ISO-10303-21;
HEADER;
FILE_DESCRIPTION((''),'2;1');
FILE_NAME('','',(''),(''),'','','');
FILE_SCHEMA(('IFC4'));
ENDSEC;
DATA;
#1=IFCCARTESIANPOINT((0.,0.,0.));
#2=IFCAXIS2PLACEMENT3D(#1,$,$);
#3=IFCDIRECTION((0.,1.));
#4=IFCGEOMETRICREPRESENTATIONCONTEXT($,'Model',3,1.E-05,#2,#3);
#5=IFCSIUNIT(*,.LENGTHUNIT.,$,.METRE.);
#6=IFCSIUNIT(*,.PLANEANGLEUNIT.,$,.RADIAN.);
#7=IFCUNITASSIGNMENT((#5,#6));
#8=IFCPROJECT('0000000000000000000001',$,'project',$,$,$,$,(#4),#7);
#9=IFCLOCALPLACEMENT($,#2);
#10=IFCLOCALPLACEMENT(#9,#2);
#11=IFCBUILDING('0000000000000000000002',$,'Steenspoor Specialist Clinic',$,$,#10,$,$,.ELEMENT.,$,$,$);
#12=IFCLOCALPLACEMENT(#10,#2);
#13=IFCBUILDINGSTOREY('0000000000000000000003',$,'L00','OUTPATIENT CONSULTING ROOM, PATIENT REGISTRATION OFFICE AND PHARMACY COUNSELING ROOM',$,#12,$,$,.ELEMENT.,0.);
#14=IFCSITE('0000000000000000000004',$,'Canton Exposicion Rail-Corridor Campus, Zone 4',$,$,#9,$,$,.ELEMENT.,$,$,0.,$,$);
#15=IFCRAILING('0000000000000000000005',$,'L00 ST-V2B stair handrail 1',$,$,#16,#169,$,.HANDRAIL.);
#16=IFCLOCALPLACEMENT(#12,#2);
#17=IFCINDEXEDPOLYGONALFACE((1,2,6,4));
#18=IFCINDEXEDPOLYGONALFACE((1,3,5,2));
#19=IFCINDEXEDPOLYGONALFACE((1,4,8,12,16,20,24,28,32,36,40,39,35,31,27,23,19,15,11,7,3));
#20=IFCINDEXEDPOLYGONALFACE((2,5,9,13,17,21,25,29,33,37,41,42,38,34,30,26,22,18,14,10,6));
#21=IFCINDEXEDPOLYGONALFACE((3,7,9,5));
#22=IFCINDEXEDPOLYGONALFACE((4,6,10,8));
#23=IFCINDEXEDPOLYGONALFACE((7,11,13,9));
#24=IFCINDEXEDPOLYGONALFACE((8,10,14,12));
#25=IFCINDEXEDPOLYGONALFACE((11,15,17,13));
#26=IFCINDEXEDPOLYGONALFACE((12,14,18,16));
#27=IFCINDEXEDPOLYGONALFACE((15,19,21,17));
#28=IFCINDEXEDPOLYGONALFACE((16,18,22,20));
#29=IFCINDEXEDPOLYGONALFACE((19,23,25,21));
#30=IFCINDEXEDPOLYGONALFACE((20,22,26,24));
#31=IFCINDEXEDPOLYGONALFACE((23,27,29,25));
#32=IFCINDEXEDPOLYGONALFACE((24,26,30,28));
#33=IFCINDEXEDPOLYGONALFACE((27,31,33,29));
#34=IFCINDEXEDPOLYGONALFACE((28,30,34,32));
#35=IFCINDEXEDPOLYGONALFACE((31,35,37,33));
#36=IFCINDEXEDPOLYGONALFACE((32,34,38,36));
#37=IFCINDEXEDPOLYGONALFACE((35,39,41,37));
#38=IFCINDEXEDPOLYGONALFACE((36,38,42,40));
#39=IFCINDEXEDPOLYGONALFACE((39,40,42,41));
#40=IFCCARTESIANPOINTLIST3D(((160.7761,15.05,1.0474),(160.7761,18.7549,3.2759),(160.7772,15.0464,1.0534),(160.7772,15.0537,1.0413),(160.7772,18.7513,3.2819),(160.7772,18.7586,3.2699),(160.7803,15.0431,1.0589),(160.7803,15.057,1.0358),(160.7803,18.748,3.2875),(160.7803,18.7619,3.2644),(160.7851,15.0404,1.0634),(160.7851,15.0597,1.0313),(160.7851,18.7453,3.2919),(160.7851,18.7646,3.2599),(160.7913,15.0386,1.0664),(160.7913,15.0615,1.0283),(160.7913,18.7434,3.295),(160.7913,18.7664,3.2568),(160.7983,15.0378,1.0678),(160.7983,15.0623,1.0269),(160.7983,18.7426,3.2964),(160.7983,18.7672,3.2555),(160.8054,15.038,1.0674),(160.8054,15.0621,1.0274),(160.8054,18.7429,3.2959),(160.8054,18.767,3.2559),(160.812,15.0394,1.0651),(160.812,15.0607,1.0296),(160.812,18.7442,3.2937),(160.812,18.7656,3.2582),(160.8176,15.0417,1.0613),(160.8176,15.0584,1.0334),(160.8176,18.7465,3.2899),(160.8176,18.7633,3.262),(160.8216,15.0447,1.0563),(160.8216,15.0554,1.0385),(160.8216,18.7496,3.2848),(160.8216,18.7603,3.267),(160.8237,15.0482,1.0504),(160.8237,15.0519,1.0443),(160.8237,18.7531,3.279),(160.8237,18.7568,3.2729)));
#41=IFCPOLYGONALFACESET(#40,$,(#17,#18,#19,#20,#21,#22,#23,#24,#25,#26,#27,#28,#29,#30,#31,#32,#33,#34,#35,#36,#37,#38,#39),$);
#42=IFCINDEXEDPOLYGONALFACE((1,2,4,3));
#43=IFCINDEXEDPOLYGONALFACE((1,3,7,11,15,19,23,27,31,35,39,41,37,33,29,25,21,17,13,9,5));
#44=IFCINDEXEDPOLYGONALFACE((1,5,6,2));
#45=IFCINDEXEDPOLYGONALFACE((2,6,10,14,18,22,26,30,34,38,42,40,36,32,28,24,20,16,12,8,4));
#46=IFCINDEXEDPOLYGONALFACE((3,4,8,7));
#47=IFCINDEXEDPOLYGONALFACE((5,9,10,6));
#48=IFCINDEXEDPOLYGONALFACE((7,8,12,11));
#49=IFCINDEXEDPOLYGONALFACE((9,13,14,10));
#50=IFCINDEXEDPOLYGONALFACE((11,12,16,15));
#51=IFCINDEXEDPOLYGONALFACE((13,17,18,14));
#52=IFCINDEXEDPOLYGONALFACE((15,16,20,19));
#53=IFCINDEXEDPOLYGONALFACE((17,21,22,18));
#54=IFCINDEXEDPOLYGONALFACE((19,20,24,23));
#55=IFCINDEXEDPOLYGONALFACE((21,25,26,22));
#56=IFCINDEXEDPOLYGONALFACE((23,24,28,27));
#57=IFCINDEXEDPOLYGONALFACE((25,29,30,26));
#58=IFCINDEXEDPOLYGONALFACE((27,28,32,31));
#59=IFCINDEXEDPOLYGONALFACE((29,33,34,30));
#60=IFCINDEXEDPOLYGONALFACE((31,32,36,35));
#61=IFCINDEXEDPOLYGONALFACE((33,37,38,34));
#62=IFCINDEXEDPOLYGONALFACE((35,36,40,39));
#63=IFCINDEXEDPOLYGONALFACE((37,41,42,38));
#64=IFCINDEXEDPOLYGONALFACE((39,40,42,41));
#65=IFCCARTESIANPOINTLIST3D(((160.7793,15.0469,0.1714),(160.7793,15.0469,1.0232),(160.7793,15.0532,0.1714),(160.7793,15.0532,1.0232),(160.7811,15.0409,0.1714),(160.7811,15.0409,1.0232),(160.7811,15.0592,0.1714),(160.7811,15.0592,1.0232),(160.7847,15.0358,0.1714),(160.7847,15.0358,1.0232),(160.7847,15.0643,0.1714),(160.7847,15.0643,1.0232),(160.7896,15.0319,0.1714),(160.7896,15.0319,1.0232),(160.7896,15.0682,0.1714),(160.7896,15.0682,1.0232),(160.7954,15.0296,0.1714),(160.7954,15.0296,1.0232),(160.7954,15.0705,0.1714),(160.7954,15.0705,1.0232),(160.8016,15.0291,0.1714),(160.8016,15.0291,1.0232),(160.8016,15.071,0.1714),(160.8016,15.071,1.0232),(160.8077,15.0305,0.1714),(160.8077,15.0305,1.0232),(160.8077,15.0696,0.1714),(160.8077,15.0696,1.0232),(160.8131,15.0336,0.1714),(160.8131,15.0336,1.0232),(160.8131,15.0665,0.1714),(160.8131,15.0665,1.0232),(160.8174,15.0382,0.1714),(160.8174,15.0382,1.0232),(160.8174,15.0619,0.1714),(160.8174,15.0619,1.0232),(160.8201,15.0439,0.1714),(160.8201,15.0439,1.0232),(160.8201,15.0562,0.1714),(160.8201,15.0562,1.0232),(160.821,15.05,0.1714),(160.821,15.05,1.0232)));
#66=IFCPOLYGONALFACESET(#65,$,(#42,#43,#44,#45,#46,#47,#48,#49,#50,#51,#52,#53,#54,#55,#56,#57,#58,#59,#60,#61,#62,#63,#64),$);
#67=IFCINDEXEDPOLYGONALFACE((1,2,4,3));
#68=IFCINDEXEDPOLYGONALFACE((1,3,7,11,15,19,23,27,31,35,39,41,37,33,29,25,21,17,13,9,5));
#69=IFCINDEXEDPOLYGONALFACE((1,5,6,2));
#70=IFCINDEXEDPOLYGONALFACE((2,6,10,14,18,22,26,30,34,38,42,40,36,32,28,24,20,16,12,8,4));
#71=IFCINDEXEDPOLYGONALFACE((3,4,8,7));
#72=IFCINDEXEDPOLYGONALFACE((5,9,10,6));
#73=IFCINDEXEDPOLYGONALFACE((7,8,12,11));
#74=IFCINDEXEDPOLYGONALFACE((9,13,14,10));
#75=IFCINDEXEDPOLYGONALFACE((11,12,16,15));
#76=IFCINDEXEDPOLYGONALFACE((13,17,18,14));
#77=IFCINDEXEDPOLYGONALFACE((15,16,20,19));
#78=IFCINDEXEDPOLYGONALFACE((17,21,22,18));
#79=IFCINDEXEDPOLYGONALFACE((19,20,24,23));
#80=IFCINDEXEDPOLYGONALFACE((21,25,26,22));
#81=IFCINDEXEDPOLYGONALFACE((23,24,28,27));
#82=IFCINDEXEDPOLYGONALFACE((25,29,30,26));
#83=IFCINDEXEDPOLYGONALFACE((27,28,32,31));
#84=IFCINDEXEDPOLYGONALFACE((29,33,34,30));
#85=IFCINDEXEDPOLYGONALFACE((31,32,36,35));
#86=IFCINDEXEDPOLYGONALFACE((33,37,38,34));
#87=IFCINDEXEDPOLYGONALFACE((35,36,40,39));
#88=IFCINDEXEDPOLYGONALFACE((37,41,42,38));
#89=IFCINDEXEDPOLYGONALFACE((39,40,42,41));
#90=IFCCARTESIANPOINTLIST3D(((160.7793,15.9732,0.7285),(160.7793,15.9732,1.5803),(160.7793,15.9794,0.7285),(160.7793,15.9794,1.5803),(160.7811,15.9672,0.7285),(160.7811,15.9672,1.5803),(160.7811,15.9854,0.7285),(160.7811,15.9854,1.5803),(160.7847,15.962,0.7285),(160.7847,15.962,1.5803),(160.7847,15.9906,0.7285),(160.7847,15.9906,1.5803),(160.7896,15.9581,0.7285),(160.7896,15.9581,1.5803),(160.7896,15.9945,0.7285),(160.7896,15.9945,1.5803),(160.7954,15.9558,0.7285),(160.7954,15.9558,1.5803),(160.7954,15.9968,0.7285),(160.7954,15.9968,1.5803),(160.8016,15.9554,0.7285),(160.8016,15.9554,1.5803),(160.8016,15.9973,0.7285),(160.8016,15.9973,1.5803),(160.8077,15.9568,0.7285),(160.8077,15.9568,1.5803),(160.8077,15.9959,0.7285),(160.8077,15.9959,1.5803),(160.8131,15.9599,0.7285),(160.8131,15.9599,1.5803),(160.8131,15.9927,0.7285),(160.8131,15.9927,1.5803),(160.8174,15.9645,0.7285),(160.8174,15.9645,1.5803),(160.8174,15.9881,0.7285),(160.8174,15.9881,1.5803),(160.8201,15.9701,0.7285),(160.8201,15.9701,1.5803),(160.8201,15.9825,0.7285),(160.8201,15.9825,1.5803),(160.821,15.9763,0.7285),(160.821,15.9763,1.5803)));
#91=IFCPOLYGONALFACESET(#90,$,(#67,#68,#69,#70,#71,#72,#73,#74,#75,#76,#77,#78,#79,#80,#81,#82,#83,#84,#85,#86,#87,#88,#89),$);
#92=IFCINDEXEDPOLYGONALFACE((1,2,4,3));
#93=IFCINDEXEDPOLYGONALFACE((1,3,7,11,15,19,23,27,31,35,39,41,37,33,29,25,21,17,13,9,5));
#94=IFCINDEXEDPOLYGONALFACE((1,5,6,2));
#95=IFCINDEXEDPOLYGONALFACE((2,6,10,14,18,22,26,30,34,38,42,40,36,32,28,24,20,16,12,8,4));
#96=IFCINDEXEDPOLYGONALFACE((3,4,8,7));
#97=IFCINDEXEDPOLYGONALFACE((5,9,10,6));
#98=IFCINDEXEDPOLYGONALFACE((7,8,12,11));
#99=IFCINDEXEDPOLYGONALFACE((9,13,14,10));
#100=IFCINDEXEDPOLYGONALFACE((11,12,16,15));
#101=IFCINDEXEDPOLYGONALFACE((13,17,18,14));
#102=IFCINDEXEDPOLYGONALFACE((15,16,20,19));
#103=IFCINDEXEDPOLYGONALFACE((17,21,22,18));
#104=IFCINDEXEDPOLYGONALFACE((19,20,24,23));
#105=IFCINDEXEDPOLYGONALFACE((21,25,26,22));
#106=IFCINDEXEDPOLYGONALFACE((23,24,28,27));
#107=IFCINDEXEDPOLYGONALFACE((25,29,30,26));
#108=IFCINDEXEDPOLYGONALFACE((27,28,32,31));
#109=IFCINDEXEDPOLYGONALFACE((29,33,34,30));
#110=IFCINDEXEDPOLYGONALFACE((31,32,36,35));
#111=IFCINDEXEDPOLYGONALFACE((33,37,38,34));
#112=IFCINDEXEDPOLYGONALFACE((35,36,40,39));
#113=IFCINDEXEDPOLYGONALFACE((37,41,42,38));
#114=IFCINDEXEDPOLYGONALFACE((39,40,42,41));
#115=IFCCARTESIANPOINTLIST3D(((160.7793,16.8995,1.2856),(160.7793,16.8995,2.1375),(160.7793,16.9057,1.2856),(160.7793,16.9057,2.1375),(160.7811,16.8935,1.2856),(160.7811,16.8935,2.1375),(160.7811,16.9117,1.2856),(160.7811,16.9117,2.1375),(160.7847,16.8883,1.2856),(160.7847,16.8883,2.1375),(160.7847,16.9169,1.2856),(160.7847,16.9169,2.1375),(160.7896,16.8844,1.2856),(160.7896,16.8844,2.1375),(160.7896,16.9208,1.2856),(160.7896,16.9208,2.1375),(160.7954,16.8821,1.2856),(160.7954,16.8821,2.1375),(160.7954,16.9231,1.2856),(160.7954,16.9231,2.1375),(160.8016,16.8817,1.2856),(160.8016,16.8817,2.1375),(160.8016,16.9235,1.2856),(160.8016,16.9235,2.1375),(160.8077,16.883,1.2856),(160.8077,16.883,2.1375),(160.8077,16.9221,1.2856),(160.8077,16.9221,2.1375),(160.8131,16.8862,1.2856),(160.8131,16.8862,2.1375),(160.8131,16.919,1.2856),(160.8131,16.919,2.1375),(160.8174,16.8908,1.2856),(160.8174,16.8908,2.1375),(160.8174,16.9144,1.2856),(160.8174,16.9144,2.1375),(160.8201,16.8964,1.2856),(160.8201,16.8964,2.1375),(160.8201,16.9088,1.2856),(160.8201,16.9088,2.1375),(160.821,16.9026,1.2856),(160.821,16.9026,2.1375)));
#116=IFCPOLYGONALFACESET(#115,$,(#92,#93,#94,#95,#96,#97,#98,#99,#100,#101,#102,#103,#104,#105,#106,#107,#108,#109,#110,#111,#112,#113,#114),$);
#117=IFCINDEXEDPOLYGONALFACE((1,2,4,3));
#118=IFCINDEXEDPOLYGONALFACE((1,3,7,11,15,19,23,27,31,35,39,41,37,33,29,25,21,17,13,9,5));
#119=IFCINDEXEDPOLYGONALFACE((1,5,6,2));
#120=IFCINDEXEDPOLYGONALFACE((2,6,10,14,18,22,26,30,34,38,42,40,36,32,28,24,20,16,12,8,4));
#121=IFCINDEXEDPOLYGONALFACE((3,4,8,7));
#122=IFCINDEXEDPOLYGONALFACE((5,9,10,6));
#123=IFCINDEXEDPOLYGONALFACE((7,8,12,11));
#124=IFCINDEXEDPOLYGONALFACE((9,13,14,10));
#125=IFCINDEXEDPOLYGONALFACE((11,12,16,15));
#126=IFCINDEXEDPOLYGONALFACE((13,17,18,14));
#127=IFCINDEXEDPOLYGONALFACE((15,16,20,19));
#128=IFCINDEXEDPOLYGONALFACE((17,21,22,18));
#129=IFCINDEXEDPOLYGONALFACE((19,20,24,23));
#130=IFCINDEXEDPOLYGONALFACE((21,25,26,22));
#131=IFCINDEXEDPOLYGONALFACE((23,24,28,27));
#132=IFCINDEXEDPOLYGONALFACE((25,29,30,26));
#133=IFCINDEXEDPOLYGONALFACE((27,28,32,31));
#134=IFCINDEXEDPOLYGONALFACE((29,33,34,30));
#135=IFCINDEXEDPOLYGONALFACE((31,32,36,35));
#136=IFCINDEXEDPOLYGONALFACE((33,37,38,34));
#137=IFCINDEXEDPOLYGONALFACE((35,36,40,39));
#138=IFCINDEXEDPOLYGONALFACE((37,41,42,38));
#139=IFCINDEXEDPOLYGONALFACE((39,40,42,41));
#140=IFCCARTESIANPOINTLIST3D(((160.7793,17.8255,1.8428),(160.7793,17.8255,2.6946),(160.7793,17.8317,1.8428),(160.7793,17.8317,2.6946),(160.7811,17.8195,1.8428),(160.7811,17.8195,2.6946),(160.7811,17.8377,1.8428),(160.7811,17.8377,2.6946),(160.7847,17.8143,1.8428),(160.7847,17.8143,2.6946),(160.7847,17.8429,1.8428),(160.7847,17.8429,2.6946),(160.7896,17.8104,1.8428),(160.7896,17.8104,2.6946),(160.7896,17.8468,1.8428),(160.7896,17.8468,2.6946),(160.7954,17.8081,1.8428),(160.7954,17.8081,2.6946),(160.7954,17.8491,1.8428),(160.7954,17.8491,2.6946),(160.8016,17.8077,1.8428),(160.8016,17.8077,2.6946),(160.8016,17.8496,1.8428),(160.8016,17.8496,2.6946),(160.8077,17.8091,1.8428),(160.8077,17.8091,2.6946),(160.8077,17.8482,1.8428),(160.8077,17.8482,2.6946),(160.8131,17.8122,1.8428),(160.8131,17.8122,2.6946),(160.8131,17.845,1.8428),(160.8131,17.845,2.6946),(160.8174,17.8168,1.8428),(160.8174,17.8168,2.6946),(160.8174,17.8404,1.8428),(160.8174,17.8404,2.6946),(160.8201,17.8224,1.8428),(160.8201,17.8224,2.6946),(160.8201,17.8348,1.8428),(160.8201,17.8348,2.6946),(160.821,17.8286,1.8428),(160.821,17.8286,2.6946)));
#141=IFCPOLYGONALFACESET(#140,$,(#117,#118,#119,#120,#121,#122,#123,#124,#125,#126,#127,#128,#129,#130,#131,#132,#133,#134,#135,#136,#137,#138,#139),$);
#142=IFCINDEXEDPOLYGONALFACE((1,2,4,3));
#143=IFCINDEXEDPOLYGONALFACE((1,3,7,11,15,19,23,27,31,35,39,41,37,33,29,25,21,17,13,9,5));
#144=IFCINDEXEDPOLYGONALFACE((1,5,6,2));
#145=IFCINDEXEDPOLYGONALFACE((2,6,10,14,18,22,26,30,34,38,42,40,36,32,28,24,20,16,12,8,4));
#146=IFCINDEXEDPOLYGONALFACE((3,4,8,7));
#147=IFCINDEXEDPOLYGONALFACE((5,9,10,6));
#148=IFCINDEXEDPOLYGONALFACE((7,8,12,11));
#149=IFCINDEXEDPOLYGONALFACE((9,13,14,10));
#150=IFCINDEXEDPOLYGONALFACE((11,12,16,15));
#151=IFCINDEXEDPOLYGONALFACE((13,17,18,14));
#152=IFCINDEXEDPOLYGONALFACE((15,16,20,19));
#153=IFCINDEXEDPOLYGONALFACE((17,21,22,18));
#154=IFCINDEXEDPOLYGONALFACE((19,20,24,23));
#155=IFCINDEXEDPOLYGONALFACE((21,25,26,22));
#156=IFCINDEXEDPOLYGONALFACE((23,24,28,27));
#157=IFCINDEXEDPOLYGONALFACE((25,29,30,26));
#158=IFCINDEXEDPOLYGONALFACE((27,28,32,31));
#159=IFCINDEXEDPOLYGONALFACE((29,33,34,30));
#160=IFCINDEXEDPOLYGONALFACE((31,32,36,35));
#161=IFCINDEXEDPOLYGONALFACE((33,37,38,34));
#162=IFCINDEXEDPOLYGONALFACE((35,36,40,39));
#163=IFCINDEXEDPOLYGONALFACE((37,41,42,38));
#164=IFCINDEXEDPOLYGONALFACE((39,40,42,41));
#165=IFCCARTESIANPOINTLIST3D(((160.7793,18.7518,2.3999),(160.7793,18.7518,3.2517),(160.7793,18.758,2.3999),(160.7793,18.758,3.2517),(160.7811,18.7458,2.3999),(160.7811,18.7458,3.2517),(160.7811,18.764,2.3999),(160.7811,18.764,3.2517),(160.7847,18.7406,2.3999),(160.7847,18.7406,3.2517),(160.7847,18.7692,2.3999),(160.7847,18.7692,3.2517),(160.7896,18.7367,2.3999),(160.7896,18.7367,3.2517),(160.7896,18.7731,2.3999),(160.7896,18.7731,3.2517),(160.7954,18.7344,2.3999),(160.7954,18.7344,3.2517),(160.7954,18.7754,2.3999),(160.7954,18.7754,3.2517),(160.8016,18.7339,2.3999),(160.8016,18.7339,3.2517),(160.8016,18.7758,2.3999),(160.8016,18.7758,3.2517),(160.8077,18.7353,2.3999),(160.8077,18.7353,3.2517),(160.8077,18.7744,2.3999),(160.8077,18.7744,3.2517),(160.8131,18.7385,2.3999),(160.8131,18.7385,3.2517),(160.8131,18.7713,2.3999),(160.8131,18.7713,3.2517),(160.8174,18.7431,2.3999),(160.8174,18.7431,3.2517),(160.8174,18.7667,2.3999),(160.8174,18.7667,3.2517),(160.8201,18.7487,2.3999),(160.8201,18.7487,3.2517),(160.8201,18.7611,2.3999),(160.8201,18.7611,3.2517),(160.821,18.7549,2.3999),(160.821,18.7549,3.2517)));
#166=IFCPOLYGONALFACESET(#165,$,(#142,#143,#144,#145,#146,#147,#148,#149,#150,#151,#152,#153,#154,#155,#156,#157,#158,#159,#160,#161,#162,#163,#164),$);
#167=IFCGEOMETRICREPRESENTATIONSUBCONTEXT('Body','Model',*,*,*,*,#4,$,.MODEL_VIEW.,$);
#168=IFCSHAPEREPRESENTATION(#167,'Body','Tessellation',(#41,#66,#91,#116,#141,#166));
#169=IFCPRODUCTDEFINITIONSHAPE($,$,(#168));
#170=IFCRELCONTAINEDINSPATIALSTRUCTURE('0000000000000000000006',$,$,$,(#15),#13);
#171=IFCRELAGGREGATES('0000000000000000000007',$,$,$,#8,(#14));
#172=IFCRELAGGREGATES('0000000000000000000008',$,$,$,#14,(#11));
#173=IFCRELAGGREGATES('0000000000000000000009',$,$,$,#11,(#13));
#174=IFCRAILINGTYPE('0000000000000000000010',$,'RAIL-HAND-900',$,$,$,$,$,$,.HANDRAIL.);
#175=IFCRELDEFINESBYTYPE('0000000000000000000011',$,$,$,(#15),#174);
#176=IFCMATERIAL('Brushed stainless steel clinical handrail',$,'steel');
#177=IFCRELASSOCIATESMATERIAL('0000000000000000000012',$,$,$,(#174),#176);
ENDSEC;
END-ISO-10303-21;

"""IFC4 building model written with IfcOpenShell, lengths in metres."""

from ifc_helpers import new_model, si_unit, direction, frame, origin, origin_2d, place, context, subcontext, project, spatial, circle, extrude, material, type_object, element, save


model = new_model("IFC4")

# Units and contexts
model_context = context("Model", 3, precision=1e-05, world=origin(), true_north=direction((0.0, 1.0)))
body_context = subcontext(model_context, "Body", "Model", "MODEL_VIEW")
ifc_project = project(units=[si_unit("LENGTHUNIT", "METRE"), si_unit("PLANEANGLEUNIT", "RADIAN")], contexts=[model_context])

# Site, building, storey
site_placement = place(None, origin())
site = spatial("IfcSite", under=ifc_project, at=site_placement, Name="Canton Exposicion Rail-Corridor Campus, Zone 4", CompositionType="ELEMENT", RefElevation=0.0)
building_placement = place(site_placement, origin())
building = spatial("IfcBuilding", under=site, at=building_placement, Name="Steenspoor Specialist Clinic", CompositionType="ELEMENT")
storey_placement = place(building_placement, origin())
storey = spatial("IfcBuildingStorey", under=building, at=storey_placement, Name="L00", Description="OUTPATIENT CONSULTING ROOM, PATIENT REGISTRATION OFFICE AND PHARMACY COUNSELING ROOM", CompositionType="ELEMENT", Elevation=0.0)

# Railing
ifc_material_1 = material(Name="Brushed stainless steel clinical handrail", Category="steel")
railing_type_1 = type_object("IfcRailingType", Name="RAIL-HAND-900", PredefinedType="HANDRAIL", material=ifc_material_1)
railing_1_placement = place(storey_placement, frame((160.8, 15.05, 0.1714)))
element("IfcRailing", 1, at=railing_1_placement, inside=storey, type_object=railing_type_1, Name="L00 ST-V2B stair handrail 1", PredefinedType="HANDRAIL", context=body_context, shape_type="SweptSolid", body=[
    extrude(circle(Radius=0.0239, at=origin_2d()), frame((0.0, 0.0, 0.876), z_axis=(0.0, 0.856919, 0.51545), x_axis=(-1.0, 0.0, 0.0)), (0.0, 0.0, 1.0), 4.3235),
    extrude(circle(Radius=0.021, at=origin_2d()), origin(), (0.0, 0.0, 1.0), 0.8518),
    extrude(circle(Radius=0.021, at=origin_2d()), frame((0.0, 0.9263, 0.5571)), (0.0, 0.0, 1.0), 0.8518),
    extrude(circle(Radius=0.021, at=origin_2d()), frame((0.0, 1.8525, 1.1143)), (0.0, 0.0, 1.0), 0.8518),
    extrude(circle(Radius=0.021, at=origin_2d()), frame((0.0, 2.7786, 1.6714)), (0.0, 0.0, 1.0), 0.8518),
    extrude(circle(Radius=0.021, at=origin_2d()), frame((0.0, 3.7048, 2.2285)), (0.0, 0.0, 1.0), 0.8518),
])

save(model, "model.ifc")
